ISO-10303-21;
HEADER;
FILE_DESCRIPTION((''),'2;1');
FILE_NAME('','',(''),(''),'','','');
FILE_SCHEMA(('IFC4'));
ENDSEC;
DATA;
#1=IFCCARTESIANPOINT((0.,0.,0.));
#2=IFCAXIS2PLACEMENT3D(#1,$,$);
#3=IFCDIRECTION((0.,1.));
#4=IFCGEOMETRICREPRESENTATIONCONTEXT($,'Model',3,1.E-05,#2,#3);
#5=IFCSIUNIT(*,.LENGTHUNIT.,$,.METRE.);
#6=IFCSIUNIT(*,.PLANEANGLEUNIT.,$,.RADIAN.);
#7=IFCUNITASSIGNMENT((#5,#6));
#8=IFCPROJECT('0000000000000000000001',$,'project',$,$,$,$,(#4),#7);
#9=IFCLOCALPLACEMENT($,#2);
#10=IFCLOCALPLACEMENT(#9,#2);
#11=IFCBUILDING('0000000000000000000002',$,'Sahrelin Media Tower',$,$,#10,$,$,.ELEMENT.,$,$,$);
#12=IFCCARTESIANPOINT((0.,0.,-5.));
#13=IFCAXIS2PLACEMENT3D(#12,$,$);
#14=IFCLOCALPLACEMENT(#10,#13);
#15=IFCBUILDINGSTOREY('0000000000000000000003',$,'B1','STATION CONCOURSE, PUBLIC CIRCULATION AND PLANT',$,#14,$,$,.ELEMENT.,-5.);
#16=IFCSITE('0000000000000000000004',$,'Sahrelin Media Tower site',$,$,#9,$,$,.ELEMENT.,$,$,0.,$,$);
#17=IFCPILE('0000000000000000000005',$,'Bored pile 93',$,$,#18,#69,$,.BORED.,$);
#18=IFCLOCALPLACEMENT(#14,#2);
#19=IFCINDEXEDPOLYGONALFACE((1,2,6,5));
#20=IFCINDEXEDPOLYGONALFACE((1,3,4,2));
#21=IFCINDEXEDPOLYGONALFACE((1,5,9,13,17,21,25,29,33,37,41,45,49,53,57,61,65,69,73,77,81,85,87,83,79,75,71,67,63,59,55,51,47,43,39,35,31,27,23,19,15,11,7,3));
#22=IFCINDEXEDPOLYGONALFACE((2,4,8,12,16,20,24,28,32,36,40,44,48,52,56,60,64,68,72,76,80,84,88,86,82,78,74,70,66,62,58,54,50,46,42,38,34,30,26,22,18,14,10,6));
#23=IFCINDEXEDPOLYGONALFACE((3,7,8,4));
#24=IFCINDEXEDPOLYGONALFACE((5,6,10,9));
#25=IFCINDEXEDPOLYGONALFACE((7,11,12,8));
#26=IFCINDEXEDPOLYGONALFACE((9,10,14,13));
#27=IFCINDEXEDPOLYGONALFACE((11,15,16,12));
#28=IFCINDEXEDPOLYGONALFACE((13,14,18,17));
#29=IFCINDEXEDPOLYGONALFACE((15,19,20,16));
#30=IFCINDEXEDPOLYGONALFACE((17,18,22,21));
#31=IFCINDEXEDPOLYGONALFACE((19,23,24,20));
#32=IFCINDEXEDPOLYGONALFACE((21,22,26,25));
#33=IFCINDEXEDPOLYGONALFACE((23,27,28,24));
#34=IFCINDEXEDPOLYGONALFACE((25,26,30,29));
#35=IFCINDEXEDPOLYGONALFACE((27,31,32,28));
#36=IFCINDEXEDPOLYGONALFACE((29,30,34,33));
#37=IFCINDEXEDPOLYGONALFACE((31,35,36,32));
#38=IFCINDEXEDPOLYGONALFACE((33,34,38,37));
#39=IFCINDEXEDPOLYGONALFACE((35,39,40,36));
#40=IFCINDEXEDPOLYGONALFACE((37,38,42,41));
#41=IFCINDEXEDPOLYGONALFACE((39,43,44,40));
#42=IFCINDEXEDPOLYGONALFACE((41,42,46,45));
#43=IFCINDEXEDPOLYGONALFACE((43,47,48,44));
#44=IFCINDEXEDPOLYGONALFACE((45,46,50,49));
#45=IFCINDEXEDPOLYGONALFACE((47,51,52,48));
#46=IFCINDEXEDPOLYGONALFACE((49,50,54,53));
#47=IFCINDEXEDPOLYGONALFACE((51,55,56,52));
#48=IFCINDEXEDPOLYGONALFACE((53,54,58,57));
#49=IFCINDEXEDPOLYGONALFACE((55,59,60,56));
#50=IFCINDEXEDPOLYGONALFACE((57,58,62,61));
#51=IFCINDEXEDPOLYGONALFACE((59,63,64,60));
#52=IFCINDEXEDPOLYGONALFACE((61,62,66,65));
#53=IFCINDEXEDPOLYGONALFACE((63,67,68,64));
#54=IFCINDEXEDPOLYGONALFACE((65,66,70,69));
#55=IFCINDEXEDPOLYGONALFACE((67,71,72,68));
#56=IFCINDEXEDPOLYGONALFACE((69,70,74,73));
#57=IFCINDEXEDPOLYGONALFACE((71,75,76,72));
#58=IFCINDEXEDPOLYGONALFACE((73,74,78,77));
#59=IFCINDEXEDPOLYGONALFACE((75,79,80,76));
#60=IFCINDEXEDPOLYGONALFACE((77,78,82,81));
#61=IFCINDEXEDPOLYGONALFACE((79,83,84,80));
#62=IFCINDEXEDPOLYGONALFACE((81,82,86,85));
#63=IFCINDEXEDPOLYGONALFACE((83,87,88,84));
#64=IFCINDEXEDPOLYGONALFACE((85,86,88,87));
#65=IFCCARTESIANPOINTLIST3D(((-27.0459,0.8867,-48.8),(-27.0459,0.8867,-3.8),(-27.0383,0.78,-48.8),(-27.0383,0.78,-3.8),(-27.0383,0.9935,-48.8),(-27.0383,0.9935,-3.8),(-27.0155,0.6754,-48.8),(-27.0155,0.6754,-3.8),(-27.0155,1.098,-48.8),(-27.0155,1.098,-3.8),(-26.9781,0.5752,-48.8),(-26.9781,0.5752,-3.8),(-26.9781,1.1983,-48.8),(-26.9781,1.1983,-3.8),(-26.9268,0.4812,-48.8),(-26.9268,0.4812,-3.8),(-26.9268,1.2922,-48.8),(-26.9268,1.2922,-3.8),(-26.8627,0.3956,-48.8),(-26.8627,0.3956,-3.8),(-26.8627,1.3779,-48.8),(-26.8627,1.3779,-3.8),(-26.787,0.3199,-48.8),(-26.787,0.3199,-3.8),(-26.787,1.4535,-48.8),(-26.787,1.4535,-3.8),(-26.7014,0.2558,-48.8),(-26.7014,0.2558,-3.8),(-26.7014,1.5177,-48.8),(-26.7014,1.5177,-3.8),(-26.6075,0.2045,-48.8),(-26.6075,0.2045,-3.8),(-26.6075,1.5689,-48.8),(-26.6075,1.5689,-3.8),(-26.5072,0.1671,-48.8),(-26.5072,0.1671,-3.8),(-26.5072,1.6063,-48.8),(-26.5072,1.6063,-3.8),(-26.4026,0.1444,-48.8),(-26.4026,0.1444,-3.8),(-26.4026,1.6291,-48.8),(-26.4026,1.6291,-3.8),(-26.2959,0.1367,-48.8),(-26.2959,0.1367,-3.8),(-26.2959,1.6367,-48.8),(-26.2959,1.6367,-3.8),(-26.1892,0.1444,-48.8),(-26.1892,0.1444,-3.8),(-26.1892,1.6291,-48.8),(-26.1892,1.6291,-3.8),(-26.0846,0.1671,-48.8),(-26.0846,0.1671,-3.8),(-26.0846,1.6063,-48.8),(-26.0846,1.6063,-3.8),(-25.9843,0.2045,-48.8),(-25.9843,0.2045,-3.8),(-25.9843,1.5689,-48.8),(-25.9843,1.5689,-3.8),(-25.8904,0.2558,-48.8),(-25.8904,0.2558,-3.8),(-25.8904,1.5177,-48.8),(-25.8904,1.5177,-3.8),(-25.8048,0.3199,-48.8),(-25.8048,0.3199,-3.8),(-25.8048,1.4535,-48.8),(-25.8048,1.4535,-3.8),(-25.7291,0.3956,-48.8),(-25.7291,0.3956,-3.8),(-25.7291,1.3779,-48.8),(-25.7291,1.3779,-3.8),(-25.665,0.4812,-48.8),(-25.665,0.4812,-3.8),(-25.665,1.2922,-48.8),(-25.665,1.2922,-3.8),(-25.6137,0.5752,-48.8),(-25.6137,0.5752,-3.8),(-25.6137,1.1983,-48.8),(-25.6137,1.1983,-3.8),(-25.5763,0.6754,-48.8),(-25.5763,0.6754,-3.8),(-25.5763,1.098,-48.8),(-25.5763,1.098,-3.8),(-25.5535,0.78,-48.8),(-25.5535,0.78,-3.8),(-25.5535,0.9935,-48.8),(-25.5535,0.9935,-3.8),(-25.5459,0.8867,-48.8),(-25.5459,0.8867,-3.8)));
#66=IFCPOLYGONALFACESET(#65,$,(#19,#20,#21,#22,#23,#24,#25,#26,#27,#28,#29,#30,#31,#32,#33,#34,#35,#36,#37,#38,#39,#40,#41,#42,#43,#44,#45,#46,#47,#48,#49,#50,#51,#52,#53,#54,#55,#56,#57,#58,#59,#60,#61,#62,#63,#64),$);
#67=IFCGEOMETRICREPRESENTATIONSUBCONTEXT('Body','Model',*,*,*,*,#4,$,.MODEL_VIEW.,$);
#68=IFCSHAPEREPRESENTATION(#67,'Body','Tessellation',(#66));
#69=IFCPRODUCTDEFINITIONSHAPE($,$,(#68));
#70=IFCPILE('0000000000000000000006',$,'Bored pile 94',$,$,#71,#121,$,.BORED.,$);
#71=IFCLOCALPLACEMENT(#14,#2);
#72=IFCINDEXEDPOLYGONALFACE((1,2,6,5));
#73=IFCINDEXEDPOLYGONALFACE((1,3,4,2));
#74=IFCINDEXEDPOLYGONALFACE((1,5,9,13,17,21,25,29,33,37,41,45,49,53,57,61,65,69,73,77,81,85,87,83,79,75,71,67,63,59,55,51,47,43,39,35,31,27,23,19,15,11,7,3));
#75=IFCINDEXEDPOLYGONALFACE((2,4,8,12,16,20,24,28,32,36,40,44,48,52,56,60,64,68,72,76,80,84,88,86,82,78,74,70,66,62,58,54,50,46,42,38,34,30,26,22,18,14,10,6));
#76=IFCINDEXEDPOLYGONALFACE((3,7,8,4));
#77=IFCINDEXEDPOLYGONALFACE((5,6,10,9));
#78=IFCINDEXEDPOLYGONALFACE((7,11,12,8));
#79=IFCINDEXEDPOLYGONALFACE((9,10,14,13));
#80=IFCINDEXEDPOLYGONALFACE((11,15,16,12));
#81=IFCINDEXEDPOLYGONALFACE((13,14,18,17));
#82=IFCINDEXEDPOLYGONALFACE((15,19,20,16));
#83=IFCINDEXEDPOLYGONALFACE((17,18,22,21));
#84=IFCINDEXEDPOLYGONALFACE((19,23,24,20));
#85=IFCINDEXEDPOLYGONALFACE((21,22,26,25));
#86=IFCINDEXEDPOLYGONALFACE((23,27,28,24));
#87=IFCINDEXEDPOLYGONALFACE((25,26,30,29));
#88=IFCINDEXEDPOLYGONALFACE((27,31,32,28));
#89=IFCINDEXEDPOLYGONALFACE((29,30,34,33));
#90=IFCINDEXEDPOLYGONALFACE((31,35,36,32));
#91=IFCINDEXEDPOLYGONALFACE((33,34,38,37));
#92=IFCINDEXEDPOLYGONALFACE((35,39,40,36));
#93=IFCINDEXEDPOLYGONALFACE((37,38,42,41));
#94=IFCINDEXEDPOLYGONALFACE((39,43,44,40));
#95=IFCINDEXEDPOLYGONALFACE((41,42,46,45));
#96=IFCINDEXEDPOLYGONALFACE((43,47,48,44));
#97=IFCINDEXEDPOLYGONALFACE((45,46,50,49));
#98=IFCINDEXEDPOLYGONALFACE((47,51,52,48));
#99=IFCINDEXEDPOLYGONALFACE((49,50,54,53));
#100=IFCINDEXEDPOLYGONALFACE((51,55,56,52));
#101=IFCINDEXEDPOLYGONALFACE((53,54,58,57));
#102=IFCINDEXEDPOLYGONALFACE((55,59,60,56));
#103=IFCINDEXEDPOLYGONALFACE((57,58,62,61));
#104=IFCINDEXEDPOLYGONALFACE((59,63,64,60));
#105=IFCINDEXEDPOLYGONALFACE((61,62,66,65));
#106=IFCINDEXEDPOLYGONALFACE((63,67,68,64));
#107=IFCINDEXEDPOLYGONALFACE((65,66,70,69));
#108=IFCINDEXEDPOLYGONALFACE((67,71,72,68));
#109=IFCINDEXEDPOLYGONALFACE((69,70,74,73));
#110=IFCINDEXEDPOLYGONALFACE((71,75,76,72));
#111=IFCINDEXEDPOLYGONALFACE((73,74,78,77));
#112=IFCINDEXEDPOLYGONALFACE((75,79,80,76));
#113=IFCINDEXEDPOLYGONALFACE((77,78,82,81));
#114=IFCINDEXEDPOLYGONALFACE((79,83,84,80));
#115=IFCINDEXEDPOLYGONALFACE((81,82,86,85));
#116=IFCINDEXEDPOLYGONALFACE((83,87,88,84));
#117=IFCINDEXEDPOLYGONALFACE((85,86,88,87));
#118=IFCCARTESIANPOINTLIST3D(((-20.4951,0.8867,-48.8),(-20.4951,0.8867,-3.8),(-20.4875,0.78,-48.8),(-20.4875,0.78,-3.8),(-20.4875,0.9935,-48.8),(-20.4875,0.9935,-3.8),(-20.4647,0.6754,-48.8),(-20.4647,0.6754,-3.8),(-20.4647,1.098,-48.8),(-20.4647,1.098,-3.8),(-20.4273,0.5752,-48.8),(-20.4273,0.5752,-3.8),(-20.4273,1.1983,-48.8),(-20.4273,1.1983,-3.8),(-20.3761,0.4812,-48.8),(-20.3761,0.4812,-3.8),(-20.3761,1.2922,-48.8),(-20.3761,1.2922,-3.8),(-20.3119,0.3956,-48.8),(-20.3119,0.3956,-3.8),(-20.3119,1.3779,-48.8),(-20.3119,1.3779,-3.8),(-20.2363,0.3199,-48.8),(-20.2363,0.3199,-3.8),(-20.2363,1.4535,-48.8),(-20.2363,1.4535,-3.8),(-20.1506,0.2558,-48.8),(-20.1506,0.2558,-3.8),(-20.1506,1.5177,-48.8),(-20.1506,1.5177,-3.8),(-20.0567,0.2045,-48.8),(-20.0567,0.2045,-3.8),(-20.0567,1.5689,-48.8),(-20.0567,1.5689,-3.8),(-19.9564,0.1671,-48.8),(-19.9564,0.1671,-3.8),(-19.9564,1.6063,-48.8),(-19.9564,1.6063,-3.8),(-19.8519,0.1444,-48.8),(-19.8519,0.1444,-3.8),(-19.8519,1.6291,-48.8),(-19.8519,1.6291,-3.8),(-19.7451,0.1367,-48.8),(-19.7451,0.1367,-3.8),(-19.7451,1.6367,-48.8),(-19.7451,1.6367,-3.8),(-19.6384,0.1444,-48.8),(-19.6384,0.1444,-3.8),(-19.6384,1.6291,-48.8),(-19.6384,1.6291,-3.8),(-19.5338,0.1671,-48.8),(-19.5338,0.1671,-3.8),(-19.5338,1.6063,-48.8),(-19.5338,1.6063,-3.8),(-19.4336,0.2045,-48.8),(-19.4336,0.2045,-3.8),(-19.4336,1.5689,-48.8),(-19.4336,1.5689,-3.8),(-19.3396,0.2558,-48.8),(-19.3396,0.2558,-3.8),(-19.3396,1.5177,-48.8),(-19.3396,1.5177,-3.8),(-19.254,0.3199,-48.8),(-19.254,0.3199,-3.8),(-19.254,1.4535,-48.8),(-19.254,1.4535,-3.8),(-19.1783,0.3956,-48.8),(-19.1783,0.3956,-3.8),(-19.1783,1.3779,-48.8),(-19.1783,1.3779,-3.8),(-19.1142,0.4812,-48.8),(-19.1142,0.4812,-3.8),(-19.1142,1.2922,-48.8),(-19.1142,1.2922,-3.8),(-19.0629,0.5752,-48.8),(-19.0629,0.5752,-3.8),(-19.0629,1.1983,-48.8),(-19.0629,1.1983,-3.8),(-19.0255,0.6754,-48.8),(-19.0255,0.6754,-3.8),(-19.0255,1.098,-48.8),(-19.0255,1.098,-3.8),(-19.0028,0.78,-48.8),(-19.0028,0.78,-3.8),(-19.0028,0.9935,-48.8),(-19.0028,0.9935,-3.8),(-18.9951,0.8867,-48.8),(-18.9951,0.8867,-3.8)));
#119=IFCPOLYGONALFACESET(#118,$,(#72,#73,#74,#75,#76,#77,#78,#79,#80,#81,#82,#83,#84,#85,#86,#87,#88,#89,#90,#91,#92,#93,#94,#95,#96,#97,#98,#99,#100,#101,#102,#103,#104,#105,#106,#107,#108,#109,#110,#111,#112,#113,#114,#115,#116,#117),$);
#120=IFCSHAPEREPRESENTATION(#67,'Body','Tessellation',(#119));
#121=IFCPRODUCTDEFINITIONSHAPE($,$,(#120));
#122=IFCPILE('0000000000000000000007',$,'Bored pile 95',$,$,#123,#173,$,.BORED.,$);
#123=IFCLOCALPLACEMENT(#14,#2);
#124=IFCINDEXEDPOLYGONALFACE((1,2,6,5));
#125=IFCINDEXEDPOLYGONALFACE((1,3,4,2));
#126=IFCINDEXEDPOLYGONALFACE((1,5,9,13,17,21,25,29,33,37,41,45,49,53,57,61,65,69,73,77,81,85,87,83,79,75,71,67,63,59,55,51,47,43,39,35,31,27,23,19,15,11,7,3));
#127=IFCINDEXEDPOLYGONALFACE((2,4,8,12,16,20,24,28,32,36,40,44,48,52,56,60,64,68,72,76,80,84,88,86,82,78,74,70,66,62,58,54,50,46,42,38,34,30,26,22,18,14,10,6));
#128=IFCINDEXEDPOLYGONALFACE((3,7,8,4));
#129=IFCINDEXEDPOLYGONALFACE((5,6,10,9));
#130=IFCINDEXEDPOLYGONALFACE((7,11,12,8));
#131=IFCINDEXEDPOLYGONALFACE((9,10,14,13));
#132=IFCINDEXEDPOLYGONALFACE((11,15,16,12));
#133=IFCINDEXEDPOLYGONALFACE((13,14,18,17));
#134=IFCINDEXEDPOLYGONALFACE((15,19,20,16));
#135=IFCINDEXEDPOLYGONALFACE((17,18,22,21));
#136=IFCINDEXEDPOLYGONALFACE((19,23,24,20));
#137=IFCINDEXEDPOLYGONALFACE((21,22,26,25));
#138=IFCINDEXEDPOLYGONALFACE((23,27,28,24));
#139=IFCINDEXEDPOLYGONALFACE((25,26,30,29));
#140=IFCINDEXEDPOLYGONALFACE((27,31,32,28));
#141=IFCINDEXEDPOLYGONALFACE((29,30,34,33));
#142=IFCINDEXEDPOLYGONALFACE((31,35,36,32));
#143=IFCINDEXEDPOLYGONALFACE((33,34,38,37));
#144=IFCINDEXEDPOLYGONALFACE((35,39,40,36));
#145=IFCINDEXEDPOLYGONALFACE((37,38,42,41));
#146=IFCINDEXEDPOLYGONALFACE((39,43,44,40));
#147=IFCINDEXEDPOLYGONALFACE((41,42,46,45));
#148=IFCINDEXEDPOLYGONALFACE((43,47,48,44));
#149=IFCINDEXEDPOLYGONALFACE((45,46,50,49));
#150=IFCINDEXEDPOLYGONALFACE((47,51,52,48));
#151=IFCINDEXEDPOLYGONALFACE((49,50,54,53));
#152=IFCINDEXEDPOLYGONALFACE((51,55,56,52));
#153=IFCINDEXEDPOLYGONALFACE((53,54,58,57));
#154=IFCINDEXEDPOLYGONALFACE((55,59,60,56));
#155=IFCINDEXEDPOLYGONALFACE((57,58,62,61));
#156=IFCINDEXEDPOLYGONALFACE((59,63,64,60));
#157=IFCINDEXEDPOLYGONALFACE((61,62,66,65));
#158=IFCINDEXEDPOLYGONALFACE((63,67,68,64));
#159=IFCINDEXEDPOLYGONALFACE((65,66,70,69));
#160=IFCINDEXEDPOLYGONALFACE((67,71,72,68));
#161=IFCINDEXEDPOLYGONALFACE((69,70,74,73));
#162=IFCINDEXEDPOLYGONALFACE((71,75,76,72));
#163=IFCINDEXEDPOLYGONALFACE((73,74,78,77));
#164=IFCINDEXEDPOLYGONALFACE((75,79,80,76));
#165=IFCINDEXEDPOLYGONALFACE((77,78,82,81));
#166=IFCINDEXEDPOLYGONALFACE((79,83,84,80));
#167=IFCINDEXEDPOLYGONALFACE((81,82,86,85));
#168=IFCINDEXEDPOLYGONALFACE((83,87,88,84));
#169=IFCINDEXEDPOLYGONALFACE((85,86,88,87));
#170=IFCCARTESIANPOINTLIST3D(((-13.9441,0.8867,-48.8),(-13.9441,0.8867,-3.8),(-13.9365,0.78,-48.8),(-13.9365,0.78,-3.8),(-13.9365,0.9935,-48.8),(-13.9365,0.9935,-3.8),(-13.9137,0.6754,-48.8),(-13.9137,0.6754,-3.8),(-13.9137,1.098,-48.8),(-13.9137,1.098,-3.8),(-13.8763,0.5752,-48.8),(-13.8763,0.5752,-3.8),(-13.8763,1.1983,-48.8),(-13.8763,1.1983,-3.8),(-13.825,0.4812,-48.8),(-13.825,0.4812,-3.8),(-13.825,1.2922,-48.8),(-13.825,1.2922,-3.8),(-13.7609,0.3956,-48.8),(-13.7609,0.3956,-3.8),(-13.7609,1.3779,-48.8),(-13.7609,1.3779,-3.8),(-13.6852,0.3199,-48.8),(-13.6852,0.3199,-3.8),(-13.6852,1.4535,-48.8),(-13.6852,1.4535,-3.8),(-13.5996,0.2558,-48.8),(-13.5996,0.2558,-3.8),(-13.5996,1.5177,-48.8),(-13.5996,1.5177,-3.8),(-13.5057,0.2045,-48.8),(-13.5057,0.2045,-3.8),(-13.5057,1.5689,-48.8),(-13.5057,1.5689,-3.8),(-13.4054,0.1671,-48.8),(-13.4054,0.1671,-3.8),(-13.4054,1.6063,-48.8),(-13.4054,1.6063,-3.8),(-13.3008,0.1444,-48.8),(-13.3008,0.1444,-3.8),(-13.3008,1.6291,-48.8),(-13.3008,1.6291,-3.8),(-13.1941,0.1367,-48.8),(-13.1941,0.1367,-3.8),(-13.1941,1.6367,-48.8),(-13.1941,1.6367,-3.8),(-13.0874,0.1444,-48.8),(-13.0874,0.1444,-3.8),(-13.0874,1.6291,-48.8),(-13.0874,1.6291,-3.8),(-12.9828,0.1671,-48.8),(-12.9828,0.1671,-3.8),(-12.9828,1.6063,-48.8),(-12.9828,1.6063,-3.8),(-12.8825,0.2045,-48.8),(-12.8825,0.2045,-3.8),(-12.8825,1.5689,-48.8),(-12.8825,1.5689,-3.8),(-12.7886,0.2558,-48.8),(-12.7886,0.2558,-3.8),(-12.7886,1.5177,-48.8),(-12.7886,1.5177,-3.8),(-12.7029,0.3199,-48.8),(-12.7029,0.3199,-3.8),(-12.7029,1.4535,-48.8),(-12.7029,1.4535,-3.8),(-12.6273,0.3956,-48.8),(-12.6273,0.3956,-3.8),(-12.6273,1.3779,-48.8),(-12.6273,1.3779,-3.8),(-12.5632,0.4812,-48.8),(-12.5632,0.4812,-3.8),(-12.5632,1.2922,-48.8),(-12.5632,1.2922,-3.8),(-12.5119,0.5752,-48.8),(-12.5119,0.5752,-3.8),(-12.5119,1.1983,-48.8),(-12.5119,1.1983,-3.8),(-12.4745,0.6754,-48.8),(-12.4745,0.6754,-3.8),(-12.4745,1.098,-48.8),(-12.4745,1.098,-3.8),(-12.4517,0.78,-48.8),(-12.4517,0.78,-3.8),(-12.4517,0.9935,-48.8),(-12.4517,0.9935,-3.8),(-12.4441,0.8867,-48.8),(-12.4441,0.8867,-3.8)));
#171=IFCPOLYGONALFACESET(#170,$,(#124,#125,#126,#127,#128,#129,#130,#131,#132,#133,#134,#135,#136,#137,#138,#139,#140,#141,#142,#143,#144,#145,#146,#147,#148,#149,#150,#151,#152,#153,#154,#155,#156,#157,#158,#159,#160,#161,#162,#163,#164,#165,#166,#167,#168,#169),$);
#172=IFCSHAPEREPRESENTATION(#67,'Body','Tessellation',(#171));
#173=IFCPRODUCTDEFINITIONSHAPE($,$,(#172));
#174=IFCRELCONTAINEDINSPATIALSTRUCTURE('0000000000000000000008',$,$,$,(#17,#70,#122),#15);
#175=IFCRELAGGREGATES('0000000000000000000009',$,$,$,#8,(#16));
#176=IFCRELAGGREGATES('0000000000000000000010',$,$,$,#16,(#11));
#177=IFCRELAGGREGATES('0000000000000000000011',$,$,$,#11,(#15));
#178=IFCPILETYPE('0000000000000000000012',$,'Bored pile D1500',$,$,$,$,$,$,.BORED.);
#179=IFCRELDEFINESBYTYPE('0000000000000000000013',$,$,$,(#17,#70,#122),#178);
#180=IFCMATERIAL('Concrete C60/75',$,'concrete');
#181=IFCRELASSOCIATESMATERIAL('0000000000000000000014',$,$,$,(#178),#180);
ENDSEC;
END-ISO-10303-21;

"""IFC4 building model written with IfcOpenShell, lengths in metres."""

from ifc_helpers import new_model, si_unit, direction, frame, origin, origin_2d, place, context, subcontext, project, spatial, circle, extrude, material, material_profile, profile_set, type_object, element, save


model = new_model("IFC4")

# Units and contexts
model_context = context("Model", 3, precision=1e-05, world=origin(), true_north=direction((0.0, 1.0)))
body_context = subcontext(model_context, "Body", "Model", "MODEL_VIEW")
ifc_project = project(units=[si_unit("LENGTHUNIT", "METRE"), si_unit("PLANEANGLEUNIT", "RADIAN")], contexts=[model_context])

# Site, building, storey
site_placement = place(None, origin())
site = spatial("IfcSite", under=ifc_project, at=site_placement, Name="Sahrelin Media Tower site", CompositionType="ELEMENT", RefElevation=0.0)
building_placement = place(site_placement, origin())
building = spatial("IfcBuilding", under=site, at=building_placement, Name="Sahrelin Media Tower", CompositionType="ELEMENT")
storey_placement = place(building_placement, frame((0.0, 0.0, -5.0)))
storey = spatial("IfcBuildingStorey", under=building, at=storey_placement, Name="B1", Description="STATION CONCOURSE, PUBLIC CIRCULATION AND PLANT", CompositionType="ELEMENT", Elevation=-5.0)

# Piles
ifc_material_1 = material(Name="Concrete C60/75", Category="concrete")
ifc_material_profile_1 = material_profile(ifc_material_1, circle(Radius=0.75, at=origin_2d()), Name="Bored pile D1500")
ifc_profile_set_1 = profile_set([ifc_material_profile_1], Name="Concrete C60/75")
pile_type = type_object("IfcPileType", Name="Bored pile D1500", PredefinedType="BORED", material=ifc_profile_set_1)
for number, where, z_axis, x_axis, name in (
    (1, (-26.2959, 0.8867, -3.8), (0.0, 0.0, -1.0), (1.0, 0.0, 0.0), "Bored pile 93"),
    (2, (-19.7451, 0.8867, -3.8), (0.0, 0.0, -1.0), (1.0, 0.0, 0.0), "Bored pile 94"),
    (3, (-13.1941, 0.8867, -3.8), (0.0, 0.0, -1.0), (1.0, 0.0, 0.0), "Bored pile 95"),
):
    element("IfcPile", number, at=place(storey_placement, frame(where, z_axis=z_axis, x_axis=x_axis)), inside=storey, type_object=pile_type, Name=name, PredefinedType="BORED", context=body_context, shape_type="SweptSolid", body=[
        extrude(circle(Radius=0.75, at=origin_2d()), origin(), (0.0, 0.0, 1.0), 45.0),
    ])

save(model, "model.ifc")
